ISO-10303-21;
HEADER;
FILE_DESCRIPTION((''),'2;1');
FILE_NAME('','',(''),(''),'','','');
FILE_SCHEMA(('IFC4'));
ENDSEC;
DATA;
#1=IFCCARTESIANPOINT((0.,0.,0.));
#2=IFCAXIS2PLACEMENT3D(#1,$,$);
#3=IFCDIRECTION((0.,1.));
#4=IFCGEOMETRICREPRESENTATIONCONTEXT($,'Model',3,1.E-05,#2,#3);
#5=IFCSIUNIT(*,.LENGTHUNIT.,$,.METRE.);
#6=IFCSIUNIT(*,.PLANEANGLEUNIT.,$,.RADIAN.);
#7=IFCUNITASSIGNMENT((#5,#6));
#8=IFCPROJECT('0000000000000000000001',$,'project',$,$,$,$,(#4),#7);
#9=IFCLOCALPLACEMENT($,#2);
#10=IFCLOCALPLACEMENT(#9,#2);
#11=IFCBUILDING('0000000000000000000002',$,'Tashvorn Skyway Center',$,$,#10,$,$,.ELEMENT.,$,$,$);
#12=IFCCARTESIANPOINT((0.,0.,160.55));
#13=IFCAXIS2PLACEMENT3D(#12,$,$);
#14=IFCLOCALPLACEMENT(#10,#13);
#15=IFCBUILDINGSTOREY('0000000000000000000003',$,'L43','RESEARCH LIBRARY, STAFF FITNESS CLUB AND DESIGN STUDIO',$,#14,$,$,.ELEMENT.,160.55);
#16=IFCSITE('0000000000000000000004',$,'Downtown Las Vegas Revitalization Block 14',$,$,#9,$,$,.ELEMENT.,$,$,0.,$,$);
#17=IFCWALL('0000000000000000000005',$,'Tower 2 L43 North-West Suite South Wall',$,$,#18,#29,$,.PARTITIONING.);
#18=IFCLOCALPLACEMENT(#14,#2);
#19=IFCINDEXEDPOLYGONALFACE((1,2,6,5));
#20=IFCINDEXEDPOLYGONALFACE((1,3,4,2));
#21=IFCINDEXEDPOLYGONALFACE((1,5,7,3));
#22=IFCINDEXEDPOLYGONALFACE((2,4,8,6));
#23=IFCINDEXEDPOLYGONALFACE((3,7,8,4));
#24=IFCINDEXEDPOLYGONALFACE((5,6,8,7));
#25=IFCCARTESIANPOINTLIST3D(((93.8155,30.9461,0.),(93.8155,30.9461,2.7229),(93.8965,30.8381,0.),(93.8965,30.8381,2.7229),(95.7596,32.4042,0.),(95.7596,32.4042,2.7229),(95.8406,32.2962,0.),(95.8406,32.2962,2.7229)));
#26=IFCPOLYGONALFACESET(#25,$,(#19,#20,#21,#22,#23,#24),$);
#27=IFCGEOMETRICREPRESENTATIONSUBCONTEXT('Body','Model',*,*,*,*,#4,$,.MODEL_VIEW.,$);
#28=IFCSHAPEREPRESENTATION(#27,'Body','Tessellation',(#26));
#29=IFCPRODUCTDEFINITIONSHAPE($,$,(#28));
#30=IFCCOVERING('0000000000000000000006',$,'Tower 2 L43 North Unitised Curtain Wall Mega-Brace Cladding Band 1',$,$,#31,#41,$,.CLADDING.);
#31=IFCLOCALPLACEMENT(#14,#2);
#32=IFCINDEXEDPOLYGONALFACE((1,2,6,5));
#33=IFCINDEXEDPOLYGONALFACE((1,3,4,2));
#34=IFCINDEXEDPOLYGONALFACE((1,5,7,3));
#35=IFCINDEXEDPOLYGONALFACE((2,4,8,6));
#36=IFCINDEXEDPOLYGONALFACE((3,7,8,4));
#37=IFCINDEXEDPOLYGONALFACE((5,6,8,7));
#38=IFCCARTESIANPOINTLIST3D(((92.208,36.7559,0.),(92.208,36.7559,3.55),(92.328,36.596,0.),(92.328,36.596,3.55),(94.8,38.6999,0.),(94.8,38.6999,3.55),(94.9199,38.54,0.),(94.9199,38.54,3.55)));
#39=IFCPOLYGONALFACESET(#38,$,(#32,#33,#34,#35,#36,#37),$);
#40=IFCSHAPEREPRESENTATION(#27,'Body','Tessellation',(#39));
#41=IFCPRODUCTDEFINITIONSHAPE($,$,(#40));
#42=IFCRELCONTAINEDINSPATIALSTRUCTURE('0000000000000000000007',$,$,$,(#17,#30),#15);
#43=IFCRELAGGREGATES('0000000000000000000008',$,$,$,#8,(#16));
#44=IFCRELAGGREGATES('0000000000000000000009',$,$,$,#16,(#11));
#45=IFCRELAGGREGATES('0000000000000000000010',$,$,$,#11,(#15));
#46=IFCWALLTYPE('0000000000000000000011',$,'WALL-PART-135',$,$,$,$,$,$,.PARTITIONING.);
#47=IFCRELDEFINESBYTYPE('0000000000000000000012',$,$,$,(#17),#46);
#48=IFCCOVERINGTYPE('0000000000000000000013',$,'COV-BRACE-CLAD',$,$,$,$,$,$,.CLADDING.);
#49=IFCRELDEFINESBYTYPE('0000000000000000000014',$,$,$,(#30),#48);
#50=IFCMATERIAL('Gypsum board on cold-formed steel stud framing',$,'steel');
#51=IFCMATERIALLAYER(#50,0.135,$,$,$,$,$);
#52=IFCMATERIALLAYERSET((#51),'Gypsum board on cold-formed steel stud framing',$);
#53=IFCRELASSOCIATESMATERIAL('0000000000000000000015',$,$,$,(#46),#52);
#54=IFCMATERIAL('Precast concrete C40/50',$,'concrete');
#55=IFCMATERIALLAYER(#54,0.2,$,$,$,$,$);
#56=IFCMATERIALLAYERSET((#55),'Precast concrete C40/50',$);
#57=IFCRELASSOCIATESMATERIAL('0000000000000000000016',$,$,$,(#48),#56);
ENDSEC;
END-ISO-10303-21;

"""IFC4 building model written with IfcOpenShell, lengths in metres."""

from ifc_helpers import new_model, si_unit, direction, frame, frame_2d, origin, origin_2d, place, context, subcontext, project, spatial, rectangle, extrude, material, layer, layer_set, type_object, element, save


model = new_model("IFC4")

# Units and contexts
model_context = context("Model", 3, precision=1e-05, world=origin(), true_north=direction((0.0, 1.0)))
body_context = subcontext(model_context, "Body", "Model", "MODEL_VIEW")
ifc_project = project(units=[si_unit("LENGTHUNIT", "METRE"), si_unit("PLANEANGLEUNIT", "RADIAN")], contexts=[model_context])

# Site, building, storey
site_placement = place(None, origin())
site = spatial("IfcSite", under=ifc_project, at=site_placement, Name="Downtown Las Vegas Revitalization Block 14", CompositionType="ELEMENT", RefElevation=0.0)
building_placement = place(site_placement, origin())
building = spatial("IfcBuilding", under=site, at=building_placement, Name="Tashvorn Skyway Center", CompositionType="ELEMENT")
storey_placement = place(building_placement, frame((0.0, 0.0, 160.55)))
storey = spatial("IfcBuildingStorey", under=building, at=storey_placement, Name="L43", Description="RESEARCH LIBRARY, STAFF FITNESS CLUB AND DESIGN STUDIO", CompositionType="ELEMENT", Elevation=160.55)

# Shared definitions
ifc_material_1 = material(Name="Gypsum board on cold-formed steel stud framing", Category="steel")
ifc_layer_1 = layer(ifc_material_1, 0.135)
ifc_layer_set_1 = layer_set([ifc_layer_1], Name="Gypsum board on cold-formed steel stud framing")
wall_type = type_object("IfcWallType", Name="WALL-PART-135", PredefinedType="PARTITIONING", material=ifc_layer_set_1)

# Wall
wall_1_placement = place(storey_placement, frame((93.856, 30.8921, 0.0), z_axis=(0.0, 0.0, 1.0), x_axis=(0.800012, 0.599984, 0.0)))
element("IfcWall", 1, at=wall_1_placement, inside=storey, type_object=wall_type, Name="Tower 2 L43 North-West Suite South Wall", PredefinedType="PARTITIONING", context=body_context, shape_type="SweptSolid", body=[
    extrude(rectangle(XDim=2.4302, YDim=0.135, at=frame_2d((1.2151, 0.0))), origin(), (0.0, 0.0, 1.0), 2.7229),
])

# Covering
ifc_material_2 = material(Name="Precast concrete C40/50", Category="concrete")
ifc_layer_2 = layer(ifc_material_2, 0.2)
ifc_layer_set_2 = layer_set([ifc_layer_2], Name="Precast concrete C40/50")
covering_type = type_object("IfcCoveringType", Name="COV-BRACE-CLAD", PredefinedType="CLADDING", material=ifc_layer_set_2)
covering_placement = place(storey_placement, frame((93.564, 37.6479, 0.0), z_axis=(0.0, 0.0, 1.0), x_axis=(0.8, 0.6, 0.0)))
element("IfcCovering", 2, at=covering_placement, inside=storey, type_object=covering_type, Name="Tower 2 L43 North Unitised Curtain Wall Mega-Brace Cladding Band 1", PredefinedType="CLADDING", context=body_context, shape_type="SweptSolid", body=[
    extrude(rectangle(XDim=3.24, YDim=0.2, at=origin_2d()), origin(), (0.0, 0.0, 1.0), 3.55),
])

save(model, "model.ifc")
